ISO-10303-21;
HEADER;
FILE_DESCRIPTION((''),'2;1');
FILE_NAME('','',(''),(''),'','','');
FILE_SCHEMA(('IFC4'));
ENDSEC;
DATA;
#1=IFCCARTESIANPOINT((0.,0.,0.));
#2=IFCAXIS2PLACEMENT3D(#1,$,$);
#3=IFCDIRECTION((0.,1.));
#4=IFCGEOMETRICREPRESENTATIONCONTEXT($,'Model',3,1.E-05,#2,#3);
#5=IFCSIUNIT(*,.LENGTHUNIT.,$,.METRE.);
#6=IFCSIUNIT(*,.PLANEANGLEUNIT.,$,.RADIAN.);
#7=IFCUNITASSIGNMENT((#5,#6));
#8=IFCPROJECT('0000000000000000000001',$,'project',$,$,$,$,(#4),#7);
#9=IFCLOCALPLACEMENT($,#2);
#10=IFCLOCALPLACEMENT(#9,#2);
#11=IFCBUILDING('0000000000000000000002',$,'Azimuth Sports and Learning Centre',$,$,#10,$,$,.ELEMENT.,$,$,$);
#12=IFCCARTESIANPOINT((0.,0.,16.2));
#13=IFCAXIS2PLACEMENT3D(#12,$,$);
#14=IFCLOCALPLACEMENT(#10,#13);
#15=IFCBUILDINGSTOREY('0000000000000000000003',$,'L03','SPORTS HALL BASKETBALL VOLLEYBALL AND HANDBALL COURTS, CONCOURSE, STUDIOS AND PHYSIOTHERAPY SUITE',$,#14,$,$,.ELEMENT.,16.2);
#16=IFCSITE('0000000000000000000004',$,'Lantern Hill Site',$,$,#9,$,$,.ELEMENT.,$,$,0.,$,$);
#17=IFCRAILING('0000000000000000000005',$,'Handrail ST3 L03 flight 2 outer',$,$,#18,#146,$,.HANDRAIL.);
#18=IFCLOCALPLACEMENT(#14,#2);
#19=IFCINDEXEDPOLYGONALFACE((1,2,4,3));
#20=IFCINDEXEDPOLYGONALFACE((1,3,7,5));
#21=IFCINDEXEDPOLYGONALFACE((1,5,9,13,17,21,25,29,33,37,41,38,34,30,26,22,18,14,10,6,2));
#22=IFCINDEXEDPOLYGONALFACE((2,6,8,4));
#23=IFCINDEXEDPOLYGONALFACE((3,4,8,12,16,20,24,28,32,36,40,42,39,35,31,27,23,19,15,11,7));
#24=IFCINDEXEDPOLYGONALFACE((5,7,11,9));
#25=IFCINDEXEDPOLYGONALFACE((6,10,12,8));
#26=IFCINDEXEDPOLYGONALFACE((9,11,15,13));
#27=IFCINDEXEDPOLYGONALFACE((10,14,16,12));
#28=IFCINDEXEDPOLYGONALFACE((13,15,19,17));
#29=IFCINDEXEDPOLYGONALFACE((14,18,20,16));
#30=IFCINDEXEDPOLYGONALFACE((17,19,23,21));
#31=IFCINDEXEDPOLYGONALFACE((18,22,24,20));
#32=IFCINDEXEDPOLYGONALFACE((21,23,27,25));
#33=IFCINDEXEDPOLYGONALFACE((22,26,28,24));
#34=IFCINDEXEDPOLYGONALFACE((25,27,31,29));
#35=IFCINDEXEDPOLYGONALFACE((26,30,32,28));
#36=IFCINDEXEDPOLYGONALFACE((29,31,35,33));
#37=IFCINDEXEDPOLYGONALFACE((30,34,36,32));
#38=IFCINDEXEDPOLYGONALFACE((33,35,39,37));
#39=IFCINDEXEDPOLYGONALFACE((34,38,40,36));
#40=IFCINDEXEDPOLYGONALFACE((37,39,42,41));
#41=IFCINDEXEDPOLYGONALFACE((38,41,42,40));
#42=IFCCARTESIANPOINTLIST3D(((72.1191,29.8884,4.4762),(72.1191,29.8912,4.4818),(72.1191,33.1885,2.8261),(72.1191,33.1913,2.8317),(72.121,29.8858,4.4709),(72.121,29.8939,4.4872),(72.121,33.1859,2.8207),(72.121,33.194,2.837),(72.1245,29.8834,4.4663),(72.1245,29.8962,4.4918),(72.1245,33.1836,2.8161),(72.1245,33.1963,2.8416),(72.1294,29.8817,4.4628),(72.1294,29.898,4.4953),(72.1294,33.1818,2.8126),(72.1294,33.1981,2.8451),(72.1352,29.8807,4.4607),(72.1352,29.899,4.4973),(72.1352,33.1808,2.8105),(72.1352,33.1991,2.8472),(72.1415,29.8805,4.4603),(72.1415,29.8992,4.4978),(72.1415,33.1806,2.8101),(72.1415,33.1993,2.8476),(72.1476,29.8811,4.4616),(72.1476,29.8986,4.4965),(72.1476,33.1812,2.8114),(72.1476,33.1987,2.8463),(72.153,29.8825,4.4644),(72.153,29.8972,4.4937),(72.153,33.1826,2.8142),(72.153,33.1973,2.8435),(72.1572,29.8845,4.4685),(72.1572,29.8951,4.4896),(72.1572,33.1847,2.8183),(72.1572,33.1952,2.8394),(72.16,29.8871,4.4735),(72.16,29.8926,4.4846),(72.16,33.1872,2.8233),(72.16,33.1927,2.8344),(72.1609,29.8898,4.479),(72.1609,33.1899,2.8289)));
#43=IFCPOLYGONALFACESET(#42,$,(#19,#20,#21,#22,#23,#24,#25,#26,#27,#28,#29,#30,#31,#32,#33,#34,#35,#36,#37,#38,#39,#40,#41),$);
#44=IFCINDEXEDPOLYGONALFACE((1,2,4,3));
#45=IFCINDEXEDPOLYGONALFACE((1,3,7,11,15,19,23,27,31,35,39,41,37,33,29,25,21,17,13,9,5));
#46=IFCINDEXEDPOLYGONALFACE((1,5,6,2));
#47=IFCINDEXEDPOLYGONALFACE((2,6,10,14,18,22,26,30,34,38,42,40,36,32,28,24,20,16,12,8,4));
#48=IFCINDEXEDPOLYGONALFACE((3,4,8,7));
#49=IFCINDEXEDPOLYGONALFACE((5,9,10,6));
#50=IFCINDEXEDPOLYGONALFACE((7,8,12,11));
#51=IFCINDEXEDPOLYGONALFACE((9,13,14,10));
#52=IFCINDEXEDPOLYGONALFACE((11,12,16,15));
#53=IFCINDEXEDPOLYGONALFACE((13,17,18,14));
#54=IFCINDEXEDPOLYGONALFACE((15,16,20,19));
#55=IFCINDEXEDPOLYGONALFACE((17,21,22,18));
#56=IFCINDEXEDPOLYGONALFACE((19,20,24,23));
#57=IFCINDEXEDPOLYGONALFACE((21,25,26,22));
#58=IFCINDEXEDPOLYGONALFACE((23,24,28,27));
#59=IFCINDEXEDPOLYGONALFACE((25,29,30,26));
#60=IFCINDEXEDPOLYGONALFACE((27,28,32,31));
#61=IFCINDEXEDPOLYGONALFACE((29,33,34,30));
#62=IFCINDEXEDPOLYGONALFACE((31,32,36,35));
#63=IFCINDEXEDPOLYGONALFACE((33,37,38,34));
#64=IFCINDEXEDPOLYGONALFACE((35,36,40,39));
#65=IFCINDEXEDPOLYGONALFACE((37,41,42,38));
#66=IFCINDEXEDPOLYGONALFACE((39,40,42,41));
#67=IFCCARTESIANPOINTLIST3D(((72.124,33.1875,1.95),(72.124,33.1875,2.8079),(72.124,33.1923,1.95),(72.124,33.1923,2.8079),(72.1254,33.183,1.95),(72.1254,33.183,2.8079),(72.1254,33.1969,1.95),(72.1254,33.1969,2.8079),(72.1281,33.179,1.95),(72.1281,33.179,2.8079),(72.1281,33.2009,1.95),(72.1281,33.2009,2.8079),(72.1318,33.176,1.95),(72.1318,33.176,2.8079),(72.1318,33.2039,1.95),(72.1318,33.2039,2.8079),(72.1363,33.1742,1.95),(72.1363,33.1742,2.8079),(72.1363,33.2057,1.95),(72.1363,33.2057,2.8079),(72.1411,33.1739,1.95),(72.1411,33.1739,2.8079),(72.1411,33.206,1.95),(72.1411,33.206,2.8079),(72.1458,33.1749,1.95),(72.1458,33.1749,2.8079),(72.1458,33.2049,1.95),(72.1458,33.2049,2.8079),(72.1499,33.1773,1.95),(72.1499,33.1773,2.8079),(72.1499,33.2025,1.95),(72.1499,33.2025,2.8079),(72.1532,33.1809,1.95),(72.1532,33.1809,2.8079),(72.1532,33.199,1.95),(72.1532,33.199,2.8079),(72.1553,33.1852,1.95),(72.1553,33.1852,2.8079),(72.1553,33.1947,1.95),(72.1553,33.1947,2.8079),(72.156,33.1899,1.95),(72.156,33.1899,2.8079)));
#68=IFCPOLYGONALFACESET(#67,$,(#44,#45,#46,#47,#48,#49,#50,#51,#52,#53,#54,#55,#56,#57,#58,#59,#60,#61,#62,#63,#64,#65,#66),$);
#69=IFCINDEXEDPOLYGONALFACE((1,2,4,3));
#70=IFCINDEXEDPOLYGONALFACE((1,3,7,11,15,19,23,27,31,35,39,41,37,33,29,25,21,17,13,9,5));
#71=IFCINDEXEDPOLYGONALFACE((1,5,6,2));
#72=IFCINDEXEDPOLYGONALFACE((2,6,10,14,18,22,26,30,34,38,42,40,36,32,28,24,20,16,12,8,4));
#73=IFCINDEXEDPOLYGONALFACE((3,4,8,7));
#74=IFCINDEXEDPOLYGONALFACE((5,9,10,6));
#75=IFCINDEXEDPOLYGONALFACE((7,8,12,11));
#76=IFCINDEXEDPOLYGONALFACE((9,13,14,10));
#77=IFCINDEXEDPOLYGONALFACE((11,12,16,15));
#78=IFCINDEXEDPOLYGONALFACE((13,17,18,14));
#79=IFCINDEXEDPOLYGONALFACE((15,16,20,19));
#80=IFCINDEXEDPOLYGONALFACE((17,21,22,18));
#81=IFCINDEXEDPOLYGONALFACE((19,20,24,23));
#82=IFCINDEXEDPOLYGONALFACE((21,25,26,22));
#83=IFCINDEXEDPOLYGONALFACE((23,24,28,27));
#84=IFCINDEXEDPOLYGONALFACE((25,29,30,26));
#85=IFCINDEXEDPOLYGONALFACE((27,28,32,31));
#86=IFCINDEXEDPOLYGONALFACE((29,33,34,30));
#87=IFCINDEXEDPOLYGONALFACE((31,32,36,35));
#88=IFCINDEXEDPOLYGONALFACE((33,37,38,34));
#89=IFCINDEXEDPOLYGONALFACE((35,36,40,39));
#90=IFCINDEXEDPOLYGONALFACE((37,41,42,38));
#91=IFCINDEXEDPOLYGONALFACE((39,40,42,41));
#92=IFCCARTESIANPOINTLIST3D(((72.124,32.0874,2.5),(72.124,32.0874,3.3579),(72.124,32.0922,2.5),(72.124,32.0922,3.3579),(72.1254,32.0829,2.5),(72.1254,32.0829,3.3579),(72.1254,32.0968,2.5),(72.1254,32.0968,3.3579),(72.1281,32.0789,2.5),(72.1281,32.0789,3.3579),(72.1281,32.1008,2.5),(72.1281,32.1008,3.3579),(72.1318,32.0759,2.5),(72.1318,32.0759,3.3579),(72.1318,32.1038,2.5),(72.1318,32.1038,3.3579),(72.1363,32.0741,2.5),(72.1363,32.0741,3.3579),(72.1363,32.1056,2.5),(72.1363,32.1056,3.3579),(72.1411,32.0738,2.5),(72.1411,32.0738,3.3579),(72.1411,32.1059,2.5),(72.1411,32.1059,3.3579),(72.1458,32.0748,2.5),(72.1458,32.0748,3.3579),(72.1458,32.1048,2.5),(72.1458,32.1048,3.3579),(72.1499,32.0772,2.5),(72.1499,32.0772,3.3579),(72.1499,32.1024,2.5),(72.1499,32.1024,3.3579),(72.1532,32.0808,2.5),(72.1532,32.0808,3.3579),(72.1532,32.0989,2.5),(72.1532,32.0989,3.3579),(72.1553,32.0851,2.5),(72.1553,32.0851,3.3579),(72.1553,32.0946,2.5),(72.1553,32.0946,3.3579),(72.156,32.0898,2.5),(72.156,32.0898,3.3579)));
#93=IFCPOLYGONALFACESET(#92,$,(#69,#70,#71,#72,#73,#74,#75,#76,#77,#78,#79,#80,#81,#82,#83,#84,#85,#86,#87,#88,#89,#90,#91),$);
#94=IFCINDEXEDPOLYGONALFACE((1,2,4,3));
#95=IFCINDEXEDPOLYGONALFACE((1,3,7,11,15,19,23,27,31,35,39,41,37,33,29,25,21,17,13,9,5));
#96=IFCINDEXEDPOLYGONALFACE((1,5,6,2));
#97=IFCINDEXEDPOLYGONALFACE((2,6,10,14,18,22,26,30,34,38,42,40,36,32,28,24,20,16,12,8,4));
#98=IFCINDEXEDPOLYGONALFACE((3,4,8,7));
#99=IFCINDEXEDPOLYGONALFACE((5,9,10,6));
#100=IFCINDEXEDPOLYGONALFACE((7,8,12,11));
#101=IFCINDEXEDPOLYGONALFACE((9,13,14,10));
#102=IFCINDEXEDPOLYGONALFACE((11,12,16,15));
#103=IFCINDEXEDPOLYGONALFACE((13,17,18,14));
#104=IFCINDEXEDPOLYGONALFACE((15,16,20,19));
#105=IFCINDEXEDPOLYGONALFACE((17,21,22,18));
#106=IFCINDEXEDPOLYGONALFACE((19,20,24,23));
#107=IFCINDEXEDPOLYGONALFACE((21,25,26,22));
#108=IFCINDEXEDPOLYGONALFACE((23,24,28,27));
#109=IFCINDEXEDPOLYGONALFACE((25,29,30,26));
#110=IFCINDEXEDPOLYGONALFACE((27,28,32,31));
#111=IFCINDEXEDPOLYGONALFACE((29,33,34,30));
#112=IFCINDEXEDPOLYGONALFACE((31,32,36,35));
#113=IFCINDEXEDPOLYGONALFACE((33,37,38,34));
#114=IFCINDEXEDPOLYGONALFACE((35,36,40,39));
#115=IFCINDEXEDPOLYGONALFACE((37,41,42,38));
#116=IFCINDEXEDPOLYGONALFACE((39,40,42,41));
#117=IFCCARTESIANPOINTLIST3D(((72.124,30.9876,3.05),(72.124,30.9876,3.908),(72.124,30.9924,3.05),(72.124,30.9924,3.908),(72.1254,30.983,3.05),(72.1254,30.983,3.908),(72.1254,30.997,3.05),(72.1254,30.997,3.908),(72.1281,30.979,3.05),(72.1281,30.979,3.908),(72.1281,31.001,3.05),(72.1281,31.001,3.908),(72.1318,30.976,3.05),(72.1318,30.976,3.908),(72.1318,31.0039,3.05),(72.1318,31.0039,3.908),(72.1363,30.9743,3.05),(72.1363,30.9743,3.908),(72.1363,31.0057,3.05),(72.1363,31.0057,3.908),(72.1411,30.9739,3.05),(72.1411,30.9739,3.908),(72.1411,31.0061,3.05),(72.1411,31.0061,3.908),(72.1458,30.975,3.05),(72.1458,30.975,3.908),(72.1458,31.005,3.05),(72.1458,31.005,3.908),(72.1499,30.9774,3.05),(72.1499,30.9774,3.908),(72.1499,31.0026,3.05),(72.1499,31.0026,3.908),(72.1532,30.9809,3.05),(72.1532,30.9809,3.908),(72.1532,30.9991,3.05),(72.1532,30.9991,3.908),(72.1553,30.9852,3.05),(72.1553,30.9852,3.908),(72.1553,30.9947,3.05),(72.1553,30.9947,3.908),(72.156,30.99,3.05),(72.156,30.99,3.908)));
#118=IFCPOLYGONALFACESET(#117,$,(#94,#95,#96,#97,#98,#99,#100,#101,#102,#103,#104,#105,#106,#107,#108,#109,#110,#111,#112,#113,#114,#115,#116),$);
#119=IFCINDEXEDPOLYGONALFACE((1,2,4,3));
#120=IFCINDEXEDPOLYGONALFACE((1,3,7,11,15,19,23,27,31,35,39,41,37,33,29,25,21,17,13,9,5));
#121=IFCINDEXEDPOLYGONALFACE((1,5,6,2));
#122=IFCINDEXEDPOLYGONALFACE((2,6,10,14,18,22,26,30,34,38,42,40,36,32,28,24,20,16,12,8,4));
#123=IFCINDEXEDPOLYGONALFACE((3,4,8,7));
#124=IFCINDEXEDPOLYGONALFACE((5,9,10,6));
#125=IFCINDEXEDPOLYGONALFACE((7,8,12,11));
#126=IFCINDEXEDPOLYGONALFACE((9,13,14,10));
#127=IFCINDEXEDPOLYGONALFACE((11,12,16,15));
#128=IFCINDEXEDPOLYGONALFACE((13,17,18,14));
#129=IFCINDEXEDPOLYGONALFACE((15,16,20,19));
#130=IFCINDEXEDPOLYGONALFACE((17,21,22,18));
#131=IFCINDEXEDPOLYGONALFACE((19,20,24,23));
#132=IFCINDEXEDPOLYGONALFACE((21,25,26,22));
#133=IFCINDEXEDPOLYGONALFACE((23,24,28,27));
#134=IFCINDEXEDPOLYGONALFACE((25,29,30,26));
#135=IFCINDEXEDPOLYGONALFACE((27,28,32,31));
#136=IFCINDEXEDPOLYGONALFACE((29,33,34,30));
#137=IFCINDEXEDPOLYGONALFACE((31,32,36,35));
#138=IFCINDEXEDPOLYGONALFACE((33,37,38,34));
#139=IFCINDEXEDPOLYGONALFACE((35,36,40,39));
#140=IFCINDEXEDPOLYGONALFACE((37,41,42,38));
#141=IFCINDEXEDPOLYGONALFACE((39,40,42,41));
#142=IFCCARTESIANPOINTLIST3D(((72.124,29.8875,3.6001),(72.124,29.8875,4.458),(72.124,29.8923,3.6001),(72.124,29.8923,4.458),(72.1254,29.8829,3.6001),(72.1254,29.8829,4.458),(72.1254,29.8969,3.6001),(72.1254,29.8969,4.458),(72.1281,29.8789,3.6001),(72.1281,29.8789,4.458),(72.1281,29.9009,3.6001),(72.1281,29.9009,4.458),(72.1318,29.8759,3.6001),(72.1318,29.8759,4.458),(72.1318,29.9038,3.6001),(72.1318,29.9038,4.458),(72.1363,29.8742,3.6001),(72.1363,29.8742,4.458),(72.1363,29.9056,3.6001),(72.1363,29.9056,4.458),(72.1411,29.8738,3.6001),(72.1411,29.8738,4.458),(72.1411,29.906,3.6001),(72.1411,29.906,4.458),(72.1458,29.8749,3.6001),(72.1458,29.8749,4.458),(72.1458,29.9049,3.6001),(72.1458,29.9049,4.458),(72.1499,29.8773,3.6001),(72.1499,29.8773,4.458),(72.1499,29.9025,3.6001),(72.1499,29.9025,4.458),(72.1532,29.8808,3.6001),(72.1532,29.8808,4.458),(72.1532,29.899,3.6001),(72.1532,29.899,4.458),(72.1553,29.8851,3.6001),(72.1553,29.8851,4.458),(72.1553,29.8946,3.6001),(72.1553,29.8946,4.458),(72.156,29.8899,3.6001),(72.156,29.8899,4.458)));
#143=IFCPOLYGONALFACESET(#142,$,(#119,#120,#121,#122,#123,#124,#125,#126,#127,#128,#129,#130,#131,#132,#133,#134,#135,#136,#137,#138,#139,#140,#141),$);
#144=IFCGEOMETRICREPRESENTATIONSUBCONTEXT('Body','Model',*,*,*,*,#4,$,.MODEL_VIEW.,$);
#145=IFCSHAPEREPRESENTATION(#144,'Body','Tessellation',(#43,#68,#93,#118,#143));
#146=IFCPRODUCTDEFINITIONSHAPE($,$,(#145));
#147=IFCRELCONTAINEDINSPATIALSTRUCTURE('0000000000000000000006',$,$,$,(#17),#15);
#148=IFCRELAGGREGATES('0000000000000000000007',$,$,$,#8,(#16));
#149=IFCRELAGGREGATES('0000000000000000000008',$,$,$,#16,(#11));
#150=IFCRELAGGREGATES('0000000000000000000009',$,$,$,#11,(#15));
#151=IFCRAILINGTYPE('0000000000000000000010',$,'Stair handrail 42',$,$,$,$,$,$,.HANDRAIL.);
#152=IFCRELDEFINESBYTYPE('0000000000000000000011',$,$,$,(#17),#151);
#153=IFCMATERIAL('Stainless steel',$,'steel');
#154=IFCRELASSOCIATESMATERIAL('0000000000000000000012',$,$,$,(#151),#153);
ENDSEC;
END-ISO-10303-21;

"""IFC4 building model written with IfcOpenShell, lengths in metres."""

from ifc_helpers import new_model, si_unit, direction, frame, origin, origin_2d, place, context, subcontext, project, spatial, circle, extrude, material, type_object, element, save


model = new_model("IFC4")

# Units and contexts
model_context = context("Model", 3, precision=1e-05, world=origin(), true_north=direction((0.0, 1.0)))
body_context = subcontext(model_context, "Body", "Model", "MODEL_VIEW")
ifc_project = project(units=[si_unit("LENGTHUNIT", "METRE"), si_unit("PLANEANGLEUNIT", "RADIAN")], contexts=[model_context])

# Site, building, storey
site_placement = place(None, origin())
site = spatial("IfcSite", under=ifc_project, at=site_placement, Name="Lantern Hill Site", CompositionType="ELEMENT", RefElevation=0.0)
building_placement = place(site_placement, origin())
building = spatial("IfcBuilding", under=site, at=building_placement, Name="Azimuth Sports and Learning Centre", CompositionType="ELEMENT")
storey_placement = place(building_placement, frame((0.0, 0.0, 16.2)))
storey = spatial("IfcBuildingStorey", under=building, at=storey_placement, Name="L03", Description="SPORTS HALL BASKETBALL VOLLEYBALL AND HANDBALL COURTS, CONCOURSE, STUDIOS AND PHYSIOTHERAPY SUITE", CompositionType="ELEMENT", Elevation=16.2)

# Railing
ifc_material_1 = material(Name="Stainless steel", Category="steel")
railing_type_1 = type_object("IfcRailingType", Name="Stair handrail 42", PredefinedType="HANDRAIL", material=ifc_material_1)
for number, where, name in (
    (1, (72.1399, 33.1899, 1.95), "Handrail ST3 L03 flight 2 outer"),
):
    element("IfcRailing", number, at=place(storey_placement, frame(where)), inside=storey, type_object=railing_type_1, Name=name, PredefinedType="HANDRAIL", context=body_context, shape_type="SweptSolid", body=[
        extrude(circle(Radius=0.021, at=origin_2d()), frame((0.0, 0.0, 0.8789), z_axis=(0.0, -0.894414, 0.44724), x_axis=(1.0, 0.0, 0.0)), (0.0, 0.0, 1.0), 3.6897),
        extrude(circle(Radius=0.0161, at=origin_2d()), origin(), (0.0, 0.0, 1.0), 0.8579),
        extrude(circle(Radius=0.0161, at=origin_2d()), frame((0.0, -1.1001, 0.55)), (0.0, 0.0, 1.0), 0.8579),
        extrude(circle(Radius=0.0161, at=origin_2d()), frame((0.0, -2.2, 1.1001)), (0.0, 0.0, 1.0), 0.8579),
        extrude(circle(Radius=0.0161, at=origin_2d()), frame((0.0, -3.3, 1.6501)), (0.0, 0.0, 1.0), 0.8579),
    ])

save(model, "model.ifc")
